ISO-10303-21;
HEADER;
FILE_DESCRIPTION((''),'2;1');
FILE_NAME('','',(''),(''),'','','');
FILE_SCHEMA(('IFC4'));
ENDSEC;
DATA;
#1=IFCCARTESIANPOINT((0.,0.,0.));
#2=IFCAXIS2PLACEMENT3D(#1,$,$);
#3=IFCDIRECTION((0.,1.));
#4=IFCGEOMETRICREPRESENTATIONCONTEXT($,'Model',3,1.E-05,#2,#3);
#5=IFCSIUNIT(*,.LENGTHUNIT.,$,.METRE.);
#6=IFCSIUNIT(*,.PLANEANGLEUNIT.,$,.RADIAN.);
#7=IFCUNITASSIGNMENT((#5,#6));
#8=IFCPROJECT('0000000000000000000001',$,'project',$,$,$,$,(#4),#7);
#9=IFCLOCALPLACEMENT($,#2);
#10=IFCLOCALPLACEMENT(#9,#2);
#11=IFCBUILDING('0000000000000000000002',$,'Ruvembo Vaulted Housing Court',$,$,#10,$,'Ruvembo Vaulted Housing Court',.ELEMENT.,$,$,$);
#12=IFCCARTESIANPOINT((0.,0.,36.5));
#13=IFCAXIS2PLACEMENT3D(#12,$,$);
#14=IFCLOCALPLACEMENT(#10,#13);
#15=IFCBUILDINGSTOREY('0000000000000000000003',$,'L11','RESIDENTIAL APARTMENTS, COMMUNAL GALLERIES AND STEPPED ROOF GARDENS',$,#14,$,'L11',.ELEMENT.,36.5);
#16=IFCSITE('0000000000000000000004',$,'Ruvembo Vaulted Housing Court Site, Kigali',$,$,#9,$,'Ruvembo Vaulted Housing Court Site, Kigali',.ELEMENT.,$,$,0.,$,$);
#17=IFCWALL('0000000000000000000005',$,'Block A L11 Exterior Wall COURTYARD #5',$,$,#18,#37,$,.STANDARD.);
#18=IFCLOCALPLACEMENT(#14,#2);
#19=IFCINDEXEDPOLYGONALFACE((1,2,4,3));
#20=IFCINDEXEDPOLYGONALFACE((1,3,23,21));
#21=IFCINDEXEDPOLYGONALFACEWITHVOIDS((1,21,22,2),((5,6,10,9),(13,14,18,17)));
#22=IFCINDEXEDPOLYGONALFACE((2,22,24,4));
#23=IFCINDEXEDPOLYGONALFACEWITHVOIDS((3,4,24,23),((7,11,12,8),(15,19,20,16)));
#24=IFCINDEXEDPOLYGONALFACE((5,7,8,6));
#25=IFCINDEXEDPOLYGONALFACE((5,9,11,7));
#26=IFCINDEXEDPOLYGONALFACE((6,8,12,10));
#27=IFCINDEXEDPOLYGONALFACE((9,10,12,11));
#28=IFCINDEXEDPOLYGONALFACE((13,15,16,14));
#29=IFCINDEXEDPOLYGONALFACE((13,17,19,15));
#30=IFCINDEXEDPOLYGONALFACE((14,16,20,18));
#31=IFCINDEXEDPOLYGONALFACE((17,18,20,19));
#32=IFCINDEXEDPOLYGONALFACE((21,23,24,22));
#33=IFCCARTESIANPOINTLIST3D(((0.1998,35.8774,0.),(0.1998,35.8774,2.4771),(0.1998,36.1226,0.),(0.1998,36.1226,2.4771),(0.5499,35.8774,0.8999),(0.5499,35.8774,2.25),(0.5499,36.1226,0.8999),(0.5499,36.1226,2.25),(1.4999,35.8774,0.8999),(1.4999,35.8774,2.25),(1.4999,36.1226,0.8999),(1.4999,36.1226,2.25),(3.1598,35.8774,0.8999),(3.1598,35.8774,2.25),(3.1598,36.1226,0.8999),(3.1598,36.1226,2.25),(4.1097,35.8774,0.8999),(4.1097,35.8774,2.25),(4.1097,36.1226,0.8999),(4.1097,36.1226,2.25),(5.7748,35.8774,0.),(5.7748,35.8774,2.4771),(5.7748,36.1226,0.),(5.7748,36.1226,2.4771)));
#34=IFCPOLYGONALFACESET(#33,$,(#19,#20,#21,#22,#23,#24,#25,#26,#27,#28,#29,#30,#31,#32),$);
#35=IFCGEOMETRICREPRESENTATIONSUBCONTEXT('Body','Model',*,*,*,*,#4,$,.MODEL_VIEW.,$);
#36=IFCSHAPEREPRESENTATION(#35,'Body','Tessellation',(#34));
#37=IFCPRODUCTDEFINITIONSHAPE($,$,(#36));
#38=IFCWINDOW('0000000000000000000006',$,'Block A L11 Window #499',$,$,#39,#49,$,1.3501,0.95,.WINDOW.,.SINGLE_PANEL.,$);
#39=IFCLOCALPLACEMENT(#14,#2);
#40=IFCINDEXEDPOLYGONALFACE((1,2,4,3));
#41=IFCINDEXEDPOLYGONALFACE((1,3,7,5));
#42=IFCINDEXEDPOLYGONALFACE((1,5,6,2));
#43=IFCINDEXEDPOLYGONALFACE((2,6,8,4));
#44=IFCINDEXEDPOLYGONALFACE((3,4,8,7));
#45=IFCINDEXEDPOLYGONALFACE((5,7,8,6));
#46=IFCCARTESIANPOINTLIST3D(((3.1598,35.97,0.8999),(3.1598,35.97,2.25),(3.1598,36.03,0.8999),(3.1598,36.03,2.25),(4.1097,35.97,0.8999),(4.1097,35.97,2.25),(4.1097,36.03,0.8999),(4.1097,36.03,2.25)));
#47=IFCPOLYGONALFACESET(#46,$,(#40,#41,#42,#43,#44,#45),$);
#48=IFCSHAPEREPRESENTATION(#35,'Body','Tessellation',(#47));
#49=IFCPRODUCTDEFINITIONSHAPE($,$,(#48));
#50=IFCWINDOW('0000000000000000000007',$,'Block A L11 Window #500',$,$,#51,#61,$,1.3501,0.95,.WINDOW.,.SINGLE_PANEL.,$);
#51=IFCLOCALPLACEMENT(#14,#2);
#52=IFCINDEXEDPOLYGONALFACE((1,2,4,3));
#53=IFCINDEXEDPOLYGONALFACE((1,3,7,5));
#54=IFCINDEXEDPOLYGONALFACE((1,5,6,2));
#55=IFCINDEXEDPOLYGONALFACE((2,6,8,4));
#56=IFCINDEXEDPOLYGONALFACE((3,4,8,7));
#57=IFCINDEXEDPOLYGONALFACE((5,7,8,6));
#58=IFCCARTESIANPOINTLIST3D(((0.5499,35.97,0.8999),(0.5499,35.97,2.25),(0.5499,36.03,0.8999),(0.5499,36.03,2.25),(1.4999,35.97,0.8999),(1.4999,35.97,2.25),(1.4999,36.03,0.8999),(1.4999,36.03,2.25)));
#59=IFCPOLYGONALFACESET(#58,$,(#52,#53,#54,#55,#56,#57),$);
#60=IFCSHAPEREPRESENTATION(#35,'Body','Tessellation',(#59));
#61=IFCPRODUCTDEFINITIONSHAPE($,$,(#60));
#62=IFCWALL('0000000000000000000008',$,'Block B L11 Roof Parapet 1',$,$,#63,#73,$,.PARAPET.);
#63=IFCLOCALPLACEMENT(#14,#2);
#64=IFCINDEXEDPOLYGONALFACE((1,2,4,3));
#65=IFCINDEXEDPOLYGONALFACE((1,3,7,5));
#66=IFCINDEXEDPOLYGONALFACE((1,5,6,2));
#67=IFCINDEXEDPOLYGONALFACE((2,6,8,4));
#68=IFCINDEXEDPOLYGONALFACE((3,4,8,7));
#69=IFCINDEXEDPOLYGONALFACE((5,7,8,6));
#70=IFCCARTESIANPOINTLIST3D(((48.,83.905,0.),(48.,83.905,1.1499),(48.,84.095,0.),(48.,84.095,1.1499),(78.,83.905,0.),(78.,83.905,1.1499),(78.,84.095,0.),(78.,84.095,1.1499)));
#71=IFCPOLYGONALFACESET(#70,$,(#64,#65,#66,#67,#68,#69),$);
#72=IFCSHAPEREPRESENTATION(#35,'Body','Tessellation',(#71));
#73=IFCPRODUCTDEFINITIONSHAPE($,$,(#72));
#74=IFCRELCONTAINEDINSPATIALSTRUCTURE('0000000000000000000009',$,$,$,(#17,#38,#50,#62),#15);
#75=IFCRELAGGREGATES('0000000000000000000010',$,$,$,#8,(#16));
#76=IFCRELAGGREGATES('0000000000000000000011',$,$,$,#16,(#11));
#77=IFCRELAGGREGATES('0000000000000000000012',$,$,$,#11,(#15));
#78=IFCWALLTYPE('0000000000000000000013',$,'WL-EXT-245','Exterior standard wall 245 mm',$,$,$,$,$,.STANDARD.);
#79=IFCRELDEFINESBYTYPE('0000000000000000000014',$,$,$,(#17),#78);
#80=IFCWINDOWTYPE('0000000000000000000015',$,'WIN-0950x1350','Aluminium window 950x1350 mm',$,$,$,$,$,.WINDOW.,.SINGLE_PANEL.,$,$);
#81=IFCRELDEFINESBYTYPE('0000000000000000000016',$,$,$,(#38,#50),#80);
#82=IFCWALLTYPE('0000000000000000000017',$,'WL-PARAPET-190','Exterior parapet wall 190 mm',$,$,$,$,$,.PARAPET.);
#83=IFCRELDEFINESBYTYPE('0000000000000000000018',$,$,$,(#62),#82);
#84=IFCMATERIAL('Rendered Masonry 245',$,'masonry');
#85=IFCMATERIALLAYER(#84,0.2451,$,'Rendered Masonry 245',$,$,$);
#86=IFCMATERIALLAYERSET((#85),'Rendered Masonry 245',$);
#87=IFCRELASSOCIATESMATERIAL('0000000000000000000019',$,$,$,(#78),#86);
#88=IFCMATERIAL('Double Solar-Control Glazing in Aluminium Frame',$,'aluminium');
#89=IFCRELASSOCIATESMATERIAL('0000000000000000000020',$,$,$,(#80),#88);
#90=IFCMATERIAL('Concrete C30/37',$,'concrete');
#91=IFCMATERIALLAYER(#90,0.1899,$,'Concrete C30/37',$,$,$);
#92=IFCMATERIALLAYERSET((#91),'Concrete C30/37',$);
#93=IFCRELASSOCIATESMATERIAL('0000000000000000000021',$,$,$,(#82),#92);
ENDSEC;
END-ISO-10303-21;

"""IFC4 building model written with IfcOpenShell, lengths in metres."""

from ifc_helpers import new_model, si_unit, direction, frame, frame_2d, origin, place, context, subcontext, project, spatial, rectangle, extrude, material, layer, layer_set, type_object, element, fill, save


model = new_model("IFC4")

# Units and contexts
model_context = context("Model", 3, precision=1e-05, world=origin(), true_north=direction((0.0, 1.0)))
body_context = subcontext(model_context, "Body", "Model", "MODEL_VIEW")
ifc_project = project(units=[si_unit("LENGTHUNIT", "METRE"), si_unit("PLANEANGLEUNIT", "RADIAN")], contexts=[model_context])

# Site, building, storey
site_placement = place(None, origin())
site = spatial("IfcSite", under=ifc_project, at=site_placement, Name="Ruvembo Vaulted Housing Court Site, Kigali", LongName="Ruvembo Vaulted Housing Court Site, Kigali", CompositionType="ELEMENT", RefElevation=0.0)
building_placement = place(site_placement, origin())
building = spatial("IfcBuilding", under=site, at=building_placement, Name="Ruvembo Vaulted Housing Court", LongName="Ruvembo Vaulted Housing Court", CompositionType="ELEMENT")
storey_placement = place(building_placement, frame((0.0, 0.0, 36.5)))
storey = spatial("IfcBuildingStorey", under=building, at=storey_placement, Name="L11", Description="RESIDENTIAL APARTMENTS, COMMUNAL GALLERIES AND STEPPED ROOF GARDENS", LongName="L11", CompositionType="ELEMENT", Elevation=36.5)

# Shared definitions
ifc_material_1 = material(Name="Concrete C30/37", Category="concrete")

# Wall, openings, windows
ifc_material_2 = material(Name="Rendered Masonry 245", Category="masonry")
ifc_layer_1 = layer(ifc_material_2, 0.2451, Name="Rendered Masonry 245")
ifc_layer_set_1 = layer_set([ifc_layer_1], Name="Rendered Masonry 245")
wall_type_1 = type_object("IfcWallType", Name="WL-EXT-245", Description="Exterior standard wall 245 mm", PredefinedType="STANDARD", material=ifc_layer_set_1)
ifc_material_3 = material(Name="Double Solar-Control Glazing in Aluminium Frame", Category="aluminium")
window_type_1 = type_object("IfcWindowType", Name="WIN-0950x1350", Description="Aluminium window 950x1350 mm", PartitioningType="SINGLE_PANEL", PredefinedType="WINDOW", material=ifc_material_3)
wall_1_placement = place(storey_placement, frame((5.7749, 36.0, 0.0), z_axis=(0.0, 0.0, 1.0), x_axis=(-1.0, 0.0, 0.0)))
wall_1 = element("IfcWall", 1, at=wall_1_placement, inside=storey, type_object=wall_type_1, Name="Block A L11 Exterior Wall COURTYARD #5", PredefinedType="STANDARD", context=body_context, shape_type="SweptSolid", body=[
    extrude(rectangle(XDim=5.575, YDim=0.2451, at=frame_2d((2.7876, 0.0))), origin(), (0.0, 0.0, 1.0), 2.4771),
])
opening_1_placement = place(wall_1_placement, frame((1.665, 0.0, 0.8999)))
opening_1 = element("IfcOpeningElement", 2, at=opening_1_placement, cuts=wall_1, PredefinedType="OPENING", context=body_context, shape_type="SweptSolid", body=[
    extrude(rectangle(XDim=0.95, YDim=1.3501, at=frame_2d((0.4751, 0.675))), frame((0.0, 0.1326, 0.0), z_axis=(0.0, -1.0, 0.0), x_axis=(1.0, 0.0, 0.0)), (0.0, 0.0, 1.0), 0.2651),
])
opening_2_placement = place(wall_1_placement, frame((4.2749, 0.0, 0.8999)))
opening_2 = element("IfcOpeningElement", 3, at=opening_2_placement, cuts=wall_1, PredefinedType="OPENING", context=body_context, shape_type="SweptSolid", body=[
    extrude(rectangle(XDim=0.95, YDim=1.3501, at=frame_2d((0.4751, 0.675))), frame((0.0, 0.1326, 0.0), z_axis=(0.0, -1.0, 0.0), x_axis=(1.0, 0.0, 0.0)), (0.0, 0.0, 1.0), 0.2651),
])
window_1_placement = place(opening_1_placement, origin())
window_1 = element("IfcWindow", 4, at=window_1_placement, inside=storey, type_object=window_type_1, Name="Block A L11 Window #499", OverallHeight=1.3501, OverallWidth=0.95, PartitioningType="SINGLE_PANEL", PredefinedType="WINDOW", context=body_context, shape_type="SweptSolid", body=[
    extrude(rectangle(XDim=0.95, YDim=1.3501, at=frame_2d((0.4751, 0.675))), frame((0.0, 0.03, 0.0), z_axis=(0.0, -1.0, 0.0), x_axis=(1.0, 0.0, 0.0)), (0.0, 0.0, 1.0), 0.0601),
])
fill(opening_1, window_1)
window_2_placement = place(opening_2_placement, origin())
window_2 = element("IfcWindow", 5, at=window_2_placement, inside=storey, type_object=window_type_1, Name="Block A L11 Window #500", OverallHeight=1.3501, OverallWidth=0.95, PartitioningType="SINGLE_PANEL", PredefinedType="WINDOW", context=body_context, shape_type="SweptSolid", body=[
    extrude(rectangle(XDim=0.95, YDim=1.3501, at=frame_2d((0.4751, 0.675))), frame((0.0, 0.03, 0.0), z_axis=(0.0, -1.0, 0.0), x_axis=(1.0, 0.0, 0.0)), (0.0, 0.0, 1.0), 0.0601),
])
fill(opening_2, window_2)

# Wall
ifc_layer_2 = layer(ifc_material_1, 0.1899, Name="Concrete C30/37")
ifc_layer_set_2 = layer_set([ifc_layer_2], Name="Concrete C30/37")
wall_type_2 = type_object("IfcWallType", Name="WL-PARAPET-190", Description="Exterior parapet wall 190 mm", PredefinedType="PARAPET", material=ifc_layer_set_2)
wall_2_placement = place(storey_placement, frame((48.0, 84.0, 0.0), z_axis=(0.0, 0.0, 1.0), x_axis=(1.0, 0.0, 0.0)))
element("IfcWall", 6, at=wall_2_placement, inside=storey, type_object=wall_type_2, Name="Block B L11 Roof Parapet 1", PredefinedType="PARAPET", context=body_context, shape_type="SweptSolid", body=[
    extrude(rectangle(XDim=30.0, YDim=0.1899, at=frame_2d((15.0, 0.0))), origin(), (0.0, 0.0, 1.0), 1.1499),
])

save(model, "model.ifc")
